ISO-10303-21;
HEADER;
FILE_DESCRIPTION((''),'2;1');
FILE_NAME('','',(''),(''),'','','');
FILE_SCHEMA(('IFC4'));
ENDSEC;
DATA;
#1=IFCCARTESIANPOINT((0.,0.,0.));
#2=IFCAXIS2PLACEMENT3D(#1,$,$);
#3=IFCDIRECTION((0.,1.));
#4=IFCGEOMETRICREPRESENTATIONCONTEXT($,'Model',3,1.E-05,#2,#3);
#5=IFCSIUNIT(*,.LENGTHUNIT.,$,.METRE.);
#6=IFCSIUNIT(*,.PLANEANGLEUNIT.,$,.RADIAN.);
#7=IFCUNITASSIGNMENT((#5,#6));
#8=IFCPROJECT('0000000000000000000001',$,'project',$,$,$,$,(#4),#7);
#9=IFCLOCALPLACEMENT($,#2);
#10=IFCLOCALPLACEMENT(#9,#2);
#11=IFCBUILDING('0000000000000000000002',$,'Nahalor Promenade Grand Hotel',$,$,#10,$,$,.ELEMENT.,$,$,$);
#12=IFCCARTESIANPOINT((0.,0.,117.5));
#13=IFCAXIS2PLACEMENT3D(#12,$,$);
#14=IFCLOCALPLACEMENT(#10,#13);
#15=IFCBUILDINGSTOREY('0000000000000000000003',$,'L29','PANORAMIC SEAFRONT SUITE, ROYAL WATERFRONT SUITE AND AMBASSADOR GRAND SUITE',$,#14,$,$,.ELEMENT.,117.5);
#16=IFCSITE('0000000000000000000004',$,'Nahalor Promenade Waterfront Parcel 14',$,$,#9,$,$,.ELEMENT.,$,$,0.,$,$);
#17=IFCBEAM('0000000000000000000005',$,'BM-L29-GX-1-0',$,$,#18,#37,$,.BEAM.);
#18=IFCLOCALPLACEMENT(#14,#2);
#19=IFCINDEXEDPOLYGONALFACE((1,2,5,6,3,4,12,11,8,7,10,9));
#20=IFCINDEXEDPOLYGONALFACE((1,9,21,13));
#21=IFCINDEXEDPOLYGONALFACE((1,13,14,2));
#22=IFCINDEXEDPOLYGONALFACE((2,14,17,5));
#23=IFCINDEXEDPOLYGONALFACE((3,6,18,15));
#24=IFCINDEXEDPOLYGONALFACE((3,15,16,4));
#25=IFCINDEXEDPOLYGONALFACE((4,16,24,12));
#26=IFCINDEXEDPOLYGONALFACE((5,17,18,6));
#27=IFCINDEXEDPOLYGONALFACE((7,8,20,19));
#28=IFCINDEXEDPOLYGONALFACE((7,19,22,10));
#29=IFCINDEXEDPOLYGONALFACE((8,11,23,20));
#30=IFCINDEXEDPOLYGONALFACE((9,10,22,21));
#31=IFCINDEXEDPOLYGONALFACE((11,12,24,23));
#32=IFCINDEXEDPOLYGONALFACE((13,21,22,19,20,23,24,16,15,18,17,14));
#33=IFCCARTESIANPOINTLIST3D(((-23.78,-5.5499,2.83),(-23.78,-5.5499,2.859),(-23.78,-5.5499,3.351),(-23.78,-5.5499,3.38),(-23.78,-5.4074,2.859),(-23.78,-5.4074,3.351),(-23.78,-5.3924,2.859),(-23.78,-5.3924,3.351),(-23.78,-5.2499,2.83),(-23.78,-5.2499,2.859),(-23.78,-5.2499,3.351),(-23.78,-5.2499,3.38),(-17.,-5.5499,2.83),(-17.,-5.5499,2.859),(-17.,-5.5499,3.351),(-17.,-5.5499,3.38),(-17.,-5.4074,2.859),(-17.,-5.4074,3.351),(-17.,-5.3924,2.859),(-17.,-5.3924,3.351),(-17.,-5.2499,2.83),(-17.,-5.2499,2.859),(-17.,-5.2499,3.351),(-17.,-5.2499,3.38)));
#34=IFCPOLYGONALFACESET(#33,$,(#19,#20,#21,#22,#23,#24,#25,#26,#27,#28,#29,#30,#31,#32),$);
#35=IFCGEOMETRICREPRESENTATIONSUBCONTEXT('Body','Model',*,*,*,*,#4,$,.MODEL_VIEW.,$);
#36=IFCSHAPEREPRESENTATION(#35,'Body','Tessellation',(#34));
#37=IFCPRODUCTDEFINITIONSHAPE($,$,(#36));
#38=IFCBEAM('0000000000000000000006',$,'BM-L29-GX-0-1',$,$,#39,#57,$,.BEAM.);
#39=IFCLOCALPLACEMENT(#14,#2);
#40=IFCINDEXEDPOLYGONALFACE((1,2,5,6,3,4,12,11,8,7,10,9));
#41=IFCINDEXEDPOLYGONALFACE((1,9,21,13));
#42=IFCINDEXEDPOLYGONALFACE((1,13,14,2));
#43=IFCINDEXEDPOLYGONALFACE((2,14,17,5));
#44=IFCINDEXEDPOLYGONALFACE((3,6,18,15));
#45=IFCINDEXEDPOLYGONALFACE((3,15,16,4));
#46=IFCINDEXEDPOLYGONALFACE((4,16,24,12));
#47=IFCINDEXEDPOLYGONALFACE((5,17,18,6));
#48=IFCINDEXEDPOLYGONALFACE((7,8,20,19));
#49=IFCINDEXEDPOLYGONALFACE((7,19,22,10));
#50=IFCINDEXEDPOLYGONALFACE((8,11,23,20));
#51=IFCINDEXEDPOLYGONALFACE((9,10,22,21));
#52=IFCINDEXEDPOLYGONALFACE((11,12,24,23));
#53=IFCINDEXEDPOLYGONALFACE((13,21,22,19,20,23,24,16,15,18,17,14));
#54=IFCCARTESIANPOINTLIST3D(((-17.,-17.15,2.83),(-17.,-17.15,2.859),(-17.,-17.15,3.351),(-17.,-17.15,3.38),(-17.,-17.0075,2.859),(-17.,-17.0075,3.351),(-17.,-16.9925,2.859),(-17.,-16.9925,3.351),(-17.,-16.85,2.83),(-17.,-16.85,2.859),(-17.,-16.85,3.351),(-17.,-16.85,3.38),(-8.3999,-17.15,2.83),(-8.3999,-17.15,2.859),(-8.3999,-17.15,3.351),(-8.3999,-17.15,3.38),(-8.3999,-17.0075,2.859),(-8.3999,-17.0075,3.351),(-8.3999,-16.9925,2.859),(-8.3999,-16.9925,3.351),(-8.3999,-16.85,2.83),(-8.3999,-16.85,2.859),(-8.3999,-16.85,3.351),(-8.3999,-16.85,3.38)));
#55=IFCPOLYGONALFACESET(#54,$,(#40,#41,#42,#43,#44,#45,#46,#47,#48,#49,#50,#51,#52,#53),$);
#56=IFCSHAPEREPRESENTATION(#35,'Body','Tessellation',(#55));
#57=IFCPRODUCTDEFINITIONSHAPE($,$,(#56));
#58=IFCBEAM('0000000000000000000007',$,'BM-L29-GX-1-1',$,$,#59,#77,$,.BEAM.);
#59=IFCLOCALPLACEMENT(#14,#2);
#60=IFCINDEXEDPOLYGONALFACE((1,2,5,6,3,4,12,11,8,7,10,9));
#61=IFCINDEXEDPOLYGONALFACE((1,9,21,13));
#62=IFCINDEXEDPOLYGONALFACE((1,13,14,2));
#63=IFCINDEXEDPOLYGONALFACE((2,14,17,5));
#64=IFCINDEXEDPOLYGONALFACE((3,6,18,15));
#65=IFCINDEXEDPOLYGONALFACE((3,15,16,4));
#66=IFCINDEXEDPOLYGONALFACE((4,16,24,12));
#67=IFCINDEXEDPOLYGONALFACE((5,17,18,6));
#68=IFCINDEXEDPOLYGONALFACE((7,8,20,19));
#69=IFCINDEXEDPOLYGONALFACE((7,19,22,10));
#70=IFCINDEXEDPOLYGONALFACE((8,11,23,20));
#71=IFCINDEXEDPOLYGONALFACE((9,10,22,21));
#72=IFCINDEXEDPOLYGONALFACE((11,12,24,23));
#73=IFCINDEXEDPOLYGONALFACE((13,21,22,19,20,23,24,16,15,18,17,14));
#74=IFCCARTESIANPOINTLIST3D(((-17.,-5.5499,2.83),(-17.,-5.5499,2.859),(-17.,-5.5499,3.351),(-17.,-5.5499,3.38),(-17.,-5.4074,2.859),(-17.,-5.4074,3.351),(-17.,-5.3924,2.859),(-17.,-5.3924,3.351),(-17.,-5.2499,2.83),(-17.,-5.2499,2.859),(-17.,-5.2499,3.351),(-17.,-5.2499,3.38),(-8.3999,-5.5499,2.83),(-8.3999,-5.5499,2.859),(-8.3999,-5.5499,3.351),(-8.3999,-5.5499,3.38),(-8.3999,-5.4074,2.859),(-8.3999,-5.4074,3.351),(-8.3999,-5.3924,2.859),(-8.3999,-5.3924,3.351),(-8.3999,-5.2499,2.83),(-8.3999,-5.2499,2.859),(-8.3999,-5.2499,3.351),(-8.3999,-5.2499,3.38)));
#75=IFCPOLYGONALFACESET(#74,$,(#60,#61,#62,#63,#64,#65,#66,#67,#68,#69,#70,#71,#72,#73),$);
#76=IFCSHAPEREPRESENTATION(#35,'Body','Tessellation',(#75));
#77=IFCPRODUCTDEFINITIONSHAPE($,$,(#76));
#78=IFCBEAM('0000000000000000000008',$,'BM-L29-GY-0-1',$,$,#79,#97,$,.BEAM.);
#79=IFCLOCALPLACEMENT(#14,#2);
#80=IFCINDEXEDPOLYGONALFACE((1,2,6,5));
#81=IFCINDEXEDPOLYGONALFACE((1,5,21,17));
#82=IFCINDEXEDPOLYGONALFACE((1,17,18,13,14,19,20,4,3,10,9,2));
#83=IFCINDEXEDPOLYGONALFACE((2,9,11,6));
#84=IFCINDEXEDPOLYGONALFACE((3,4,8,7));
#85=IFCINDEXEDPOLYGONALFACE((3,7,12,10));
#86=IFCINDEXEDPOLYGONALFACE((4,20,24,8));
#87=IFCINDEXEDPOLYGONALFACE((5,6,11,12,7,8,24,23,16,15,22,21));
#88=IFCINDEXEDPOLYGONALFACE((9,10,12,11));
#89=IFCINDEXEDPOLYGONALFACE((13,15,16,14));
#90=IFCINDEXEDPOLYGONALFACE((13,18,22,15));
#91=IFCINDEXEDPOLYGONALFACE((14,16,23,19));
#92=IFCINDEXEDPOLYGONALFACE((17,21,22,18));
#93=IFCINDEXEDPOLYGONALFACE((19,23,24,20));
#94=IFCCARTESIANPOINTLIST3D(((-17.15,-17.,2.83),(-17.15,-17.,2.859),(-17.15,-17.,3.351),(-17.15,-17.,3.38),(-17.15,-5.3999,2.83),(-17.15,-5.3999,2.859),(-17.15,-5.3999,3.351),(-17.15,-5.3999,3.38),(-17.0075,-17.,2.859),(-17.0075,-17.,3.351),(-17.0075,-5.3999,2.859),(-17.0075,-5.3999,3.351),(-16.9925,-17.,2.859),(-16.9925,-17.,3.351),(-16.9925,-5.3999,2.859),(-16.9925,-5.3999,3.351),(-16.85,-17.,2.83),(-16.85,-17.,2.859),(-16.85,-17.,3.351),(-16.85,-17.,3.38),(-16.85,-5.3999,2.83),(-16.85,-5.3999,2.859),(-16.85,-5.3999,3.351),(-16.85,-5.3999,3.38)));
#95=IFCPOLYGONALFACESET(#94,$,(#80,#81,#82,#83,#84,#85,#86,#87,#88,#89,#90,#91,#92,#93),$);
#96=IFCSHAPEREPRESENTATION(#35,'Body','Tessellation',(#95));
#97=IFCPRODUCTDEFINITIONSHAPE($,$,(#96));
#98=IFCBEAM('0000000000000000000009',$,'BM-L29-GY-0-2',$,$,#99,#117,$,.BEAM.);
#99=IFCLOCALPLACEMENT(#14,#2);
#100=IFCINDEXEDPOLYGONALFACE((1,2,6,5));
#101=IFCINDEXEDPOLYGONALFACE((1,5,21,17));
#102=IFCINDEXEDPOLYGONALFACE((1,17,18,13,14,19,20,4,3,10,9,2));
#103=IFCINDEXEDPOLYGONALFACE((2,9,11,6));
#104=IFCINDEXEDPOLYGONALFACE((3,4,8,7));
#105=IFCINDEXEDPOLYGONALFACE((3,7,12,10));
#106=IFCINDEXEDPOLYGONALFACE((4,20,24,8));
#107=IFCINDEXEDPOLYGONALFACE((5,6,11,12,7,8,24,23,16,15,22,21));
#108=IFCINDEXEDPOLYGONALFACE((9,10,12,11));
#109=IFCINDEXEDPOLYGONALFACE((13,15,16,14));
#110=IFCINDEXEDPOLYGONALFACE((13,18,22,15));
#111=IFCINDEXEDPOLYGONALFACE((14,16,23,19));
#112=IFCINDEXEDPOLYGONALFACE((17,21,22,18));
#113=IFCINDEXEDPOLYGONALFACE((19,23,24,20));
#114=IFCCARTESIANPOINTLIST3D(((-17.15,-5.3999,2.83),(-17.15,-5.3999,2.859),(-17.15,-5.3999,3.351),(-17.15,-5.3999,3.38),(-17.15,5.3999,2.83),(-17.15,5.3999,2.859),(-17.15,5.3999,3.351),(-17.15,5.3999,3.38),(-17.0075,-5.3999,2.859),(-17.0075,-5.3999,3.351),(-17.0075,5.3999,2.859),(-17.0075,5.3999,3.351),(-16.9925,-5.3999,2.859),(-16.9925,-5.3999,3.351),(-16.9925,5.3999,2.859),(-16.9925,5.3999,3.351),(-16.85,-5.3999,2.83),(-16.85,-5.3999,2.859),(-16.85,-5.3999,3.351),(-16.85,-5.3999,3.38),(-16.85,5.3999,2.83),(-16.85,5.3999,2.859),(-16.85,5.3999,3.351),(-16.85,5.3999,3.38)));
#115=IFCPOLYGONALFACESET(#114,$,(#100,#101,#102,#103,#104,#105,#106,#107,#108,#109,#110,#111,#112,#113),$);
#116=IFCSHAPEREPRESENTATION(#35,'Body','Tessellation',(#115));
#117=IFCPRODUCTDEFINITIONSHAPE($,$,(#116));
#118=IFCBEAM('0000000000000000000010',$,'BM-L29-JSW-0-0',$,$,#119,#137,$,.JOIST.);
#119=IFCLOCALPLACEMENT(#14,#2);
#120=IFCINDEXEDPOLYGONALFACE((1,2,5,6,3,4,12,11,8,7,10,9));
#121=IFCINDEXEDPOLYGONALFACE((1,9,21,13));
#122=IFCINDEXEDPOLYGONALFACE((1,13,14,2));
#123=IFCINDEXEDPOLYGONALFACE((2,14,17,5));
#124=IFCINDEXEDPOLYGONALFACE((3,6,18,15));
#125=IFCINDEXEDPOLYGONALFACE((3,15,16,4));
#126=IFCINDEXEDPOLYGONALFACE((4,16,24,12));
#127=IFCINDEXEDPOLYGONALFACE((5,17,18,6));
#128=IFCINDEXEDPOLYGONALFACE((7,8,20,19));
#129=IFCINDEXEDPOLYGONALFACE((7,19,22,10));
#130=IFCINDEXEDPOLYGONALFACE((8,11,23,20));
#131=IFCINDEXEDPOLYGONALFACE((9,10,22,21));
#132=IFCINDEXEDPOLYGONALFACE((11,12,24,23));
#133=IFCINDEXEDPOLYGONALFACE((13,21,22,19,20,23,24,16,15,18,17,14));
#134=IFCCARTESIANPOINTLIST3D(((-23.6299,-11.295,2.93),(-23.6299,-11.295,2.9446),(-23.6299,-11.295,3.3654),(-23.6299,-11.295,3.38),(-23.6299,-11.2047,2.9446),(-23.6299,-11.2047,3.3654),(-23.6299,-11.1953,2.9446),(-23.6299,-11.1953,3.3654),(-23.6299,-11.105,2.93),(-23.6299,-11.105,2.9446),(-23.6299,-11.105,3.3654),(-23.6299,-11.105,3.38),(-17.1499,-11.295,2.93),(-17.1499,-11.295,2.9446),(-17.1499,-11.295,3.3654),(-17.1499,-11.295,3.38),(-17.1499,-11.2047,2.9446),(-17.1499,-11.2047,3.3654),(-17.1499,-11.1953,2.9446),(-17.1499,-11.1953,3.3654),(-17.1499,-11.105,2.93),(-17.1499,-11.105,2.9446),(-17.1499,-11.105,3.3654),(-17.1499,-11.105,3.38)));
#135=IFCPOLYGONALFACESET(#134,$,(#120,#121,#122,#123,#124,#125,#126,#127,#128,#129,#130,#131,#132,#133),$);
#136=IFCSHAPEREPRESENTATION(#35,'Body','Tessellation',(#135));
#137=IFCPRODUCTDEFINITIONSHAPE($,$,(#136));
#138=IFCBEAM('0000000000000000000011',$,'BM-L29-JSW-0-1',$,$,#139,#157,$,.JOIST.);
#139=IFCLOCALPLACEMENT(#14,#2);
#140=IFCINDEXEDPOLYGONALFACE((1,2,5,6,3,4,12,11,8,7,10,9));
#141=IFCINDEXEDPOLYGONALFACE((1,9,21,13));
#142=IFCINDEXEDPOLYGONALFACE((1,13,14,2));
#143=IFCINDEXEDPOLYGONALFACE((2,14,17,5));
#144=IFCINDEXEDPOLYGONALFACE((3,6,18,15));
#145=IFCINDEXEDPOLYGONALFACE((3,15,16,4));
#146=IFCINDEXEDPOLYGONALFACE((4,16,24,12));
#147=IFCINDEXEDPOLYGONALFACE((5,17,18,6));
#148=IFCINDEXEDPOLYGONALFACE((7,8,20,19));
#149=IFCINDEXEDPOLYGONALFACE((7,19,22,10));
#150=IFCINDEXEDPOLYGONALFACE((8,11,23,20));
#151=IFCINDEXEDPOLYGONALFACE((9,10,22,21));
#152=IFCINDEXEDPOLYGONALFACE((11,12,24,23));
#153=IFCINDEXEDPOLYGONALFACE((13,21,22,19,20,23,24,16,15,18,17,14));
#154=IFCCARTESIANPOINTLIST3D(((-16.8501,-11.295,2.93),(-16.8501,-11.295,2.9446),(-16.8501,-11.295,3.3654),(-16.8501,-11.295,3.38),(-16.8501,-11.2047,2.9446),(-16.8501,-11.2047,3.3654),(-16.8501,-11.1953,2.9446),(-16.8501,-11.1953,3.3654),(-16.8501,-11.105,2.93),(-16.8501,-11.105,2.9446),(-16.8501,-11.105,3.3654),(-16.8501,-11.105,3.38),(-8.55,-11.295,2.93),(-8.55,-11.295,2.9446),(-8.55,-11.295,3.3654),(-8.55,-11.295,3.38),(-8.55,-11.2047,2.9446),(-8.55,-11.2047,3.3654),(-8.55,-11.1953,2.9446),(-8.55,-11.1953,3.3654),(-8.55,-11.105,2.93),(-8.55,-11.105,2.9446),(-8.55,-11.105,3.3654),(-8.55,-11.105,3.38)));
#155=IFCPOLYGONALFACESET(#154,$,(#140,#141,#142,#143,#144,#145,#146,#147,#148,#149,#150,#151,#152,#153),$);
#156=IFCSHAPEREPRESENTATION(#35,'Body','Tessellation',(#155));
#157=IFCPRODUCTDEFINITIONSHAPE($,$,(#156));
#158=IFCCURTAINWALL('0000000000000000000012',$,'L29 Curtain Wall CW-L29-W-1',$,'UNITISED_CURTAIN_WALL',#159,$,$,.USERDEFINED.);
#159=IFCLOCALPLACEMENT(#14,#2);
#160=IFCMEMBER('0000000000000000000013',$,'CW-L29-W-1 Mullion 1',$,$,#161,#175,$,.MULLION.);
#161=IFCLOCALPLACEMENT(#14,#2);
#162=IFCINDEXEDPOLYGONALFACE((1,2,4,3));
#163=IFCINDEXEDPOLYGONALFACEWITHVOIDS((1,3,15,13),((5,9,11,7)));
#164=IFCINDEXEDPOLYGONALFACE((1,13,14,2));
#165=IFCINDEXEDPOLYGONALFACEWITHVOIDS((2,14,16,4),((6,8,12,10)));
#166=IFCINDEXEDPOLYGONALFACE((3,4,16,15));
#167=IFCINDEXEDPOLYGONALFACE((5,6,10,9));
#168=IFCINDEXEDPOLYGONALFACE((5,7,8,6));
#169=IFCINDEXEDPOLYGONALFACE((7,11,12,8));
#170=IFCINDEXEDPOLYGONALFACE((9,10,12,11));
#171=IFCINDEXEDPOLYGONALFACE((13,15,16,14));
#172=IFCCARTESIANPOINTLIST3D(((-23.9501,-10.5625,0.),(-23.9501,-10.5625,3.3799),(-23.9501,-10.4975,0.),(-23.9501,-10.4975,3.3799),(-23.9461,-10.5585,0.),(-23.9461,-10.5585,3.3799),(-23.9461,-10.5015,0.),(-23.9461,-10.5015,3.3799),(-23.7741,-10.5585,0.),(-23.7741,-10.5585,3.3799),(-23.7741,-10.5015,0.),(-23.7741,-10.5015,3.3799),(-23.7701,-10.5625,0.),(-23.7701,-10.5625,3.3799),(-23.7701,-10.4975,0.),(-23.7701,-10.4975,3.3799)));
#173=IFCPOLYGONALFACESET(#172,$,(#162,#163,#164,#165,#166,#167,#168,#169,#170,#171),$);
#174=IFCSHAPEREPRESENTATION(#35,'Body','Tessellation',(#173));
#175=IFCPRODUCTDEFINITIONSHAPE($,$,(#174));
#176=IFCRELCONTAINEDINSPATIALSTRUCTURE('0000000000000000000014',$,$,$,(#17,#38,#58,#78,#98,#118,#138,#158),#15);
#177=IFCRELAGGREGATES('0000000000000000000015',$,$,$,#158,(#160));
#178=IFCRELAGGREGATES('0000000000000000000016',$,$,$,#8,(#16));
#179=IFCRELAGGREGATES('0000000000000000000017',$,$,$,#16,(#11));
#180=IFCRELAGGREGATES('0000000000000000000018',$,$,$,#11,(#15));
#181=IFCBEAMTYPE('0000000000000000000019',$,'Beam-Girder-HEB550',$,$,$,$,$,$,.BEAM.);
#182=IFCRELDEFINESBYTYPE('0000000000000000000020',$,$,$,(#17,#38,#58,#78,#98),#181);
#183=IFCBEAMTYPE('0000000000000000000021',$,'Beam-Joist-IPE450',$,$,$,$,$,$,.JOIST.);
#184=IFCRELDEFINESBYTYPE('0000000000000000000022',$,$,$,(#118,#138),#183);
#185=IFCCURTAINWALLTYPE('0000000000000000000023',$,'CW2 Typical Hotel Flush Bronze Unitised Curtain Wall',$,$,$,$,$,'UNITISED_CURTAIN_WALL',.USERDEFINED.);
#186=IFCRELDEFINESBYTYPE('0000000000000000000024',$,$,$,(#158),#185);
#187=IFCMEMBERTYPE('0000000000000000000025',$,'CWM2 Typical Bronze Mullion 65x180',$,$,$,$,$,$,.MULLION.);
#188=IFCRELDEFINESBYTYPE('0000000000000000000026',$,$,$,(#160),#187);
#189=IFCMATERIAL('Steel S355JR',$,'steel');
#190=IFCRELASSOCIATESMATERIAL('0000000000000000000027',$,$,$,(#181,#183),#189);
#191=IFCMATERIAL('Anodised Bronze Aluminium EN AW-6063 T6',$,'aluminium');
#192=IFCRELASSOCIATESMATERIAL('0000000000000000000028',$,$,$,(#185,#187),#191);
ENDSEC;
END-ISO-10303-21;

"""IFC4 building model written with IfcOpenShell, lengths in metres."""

from ifc_helpers import new_model, si_unit, direction, frame, origin, origin_2d, place, context, subcontext, project, spatial, hollow_rectangle, i_section, extrude, source, transform, mapped, material, material_profile, profile_set, type_object, element, aggregate, save


model = new_model("IFC4")

# Units and contexts
model_context = context("Model", 3, precision=1e-05, world=origin(), true_north=direction((0.0, 1.0)))
body_context = subcontext(model_context, "Body", "Model", "MODEL_VIEW")
ifc_project = project(units=[si_unit("LENGTHUNIT", "METRE"), si_unit("PLANEANGLEUNIT", "RADIAN")], contexts=[model_context])

# Site, building, storey
site_placement = place(None, origin())
site = spatial("IfcSite", under=ifc_project, at=site_placement, Name="Nahalor Promenade Waterfront Parcel 14", CompositionType="ELEMENT", RefElevation=0.0)
building_placement = place(site_placement, origin())
building = spatial("IfcBuilding", under=site, at=building_placement, Name="Nahalor Promenade Grand Hotel", CompositionType="ELEMENT")
storey_placement = place(building_placement, frame((0.0, 0.0, 117.5)))
storey = spatial("IfcBuildingStorey", under=building, at=storey_placement, Name="L29", Description="PANORAMIC SEAFRONT SUITE, ROYAL WATERFRONT SUITE AND AMBASSADOR GRAND SUITE", CompositionType="ELEMENT", Elevation=117.5)

# Beams
ifc_material_1 = material(Name="Steel S355JR", Category="steel")
ifc_material_profile_1 = material_profile(ifc_material_1, i_section(OverallWidth=0.3, OverallDepth=0.55, WebThickness=0.015, FlangeThickness=0.029, at=origin_2d()), Name="HEB 550")
ifc_profile_set_1 = profile_set([ifc_material_profile_1], Name="Steel S355JR")
beam_type_1 = type_object("IfcBeamType", Name="Beam-Girder-HEB550", PredefinedType="BEAM", material=ifc_profile_set_1)
shared_shape_1 = source(origin(), body_context, "Body", "SweptSolid", [
    extrude(i_section(OverallWidth=0.3, OverallDepth=0.55, WebThickness=0.015, FlangeThickness=0.029, at=origin_2d()), origin(), (0.0, 0.0, 1.0), 6.78),
])
for number, where, z_axis, x_axis, name in (
    (1, (-23.78, -5.3999, 3.105), (1.0, 0.0, 0.0), (0.0, 1.0, 0.0), "BM-L29-GX-1-0"),
):
    element("IfcBeam", number, at=place(storey_placement, frame(where, z_axis=z_axis, x_axis=x_axis)), inside=storey, type_object=beam_type_1, Name=name, PredefinedType="BEAM", context=body_context, shape_type="MappedRepresentation", body=[
        mapped(shared_shape_1, transform((0.0, 0.0, 0.0), scale=1.0)),
    ])
shared_shape_2 = source(origin(), body_context, "Body", "SweptSolid", [
    extrude(i_section(OverallWidth=0.3, OverallDepth=0.55, WebThickness=0.015, FlangeThickness=0.029, at=origin_2d()), origin(), (0.0, 0.0, 1.0), 8.6001),
])
for number, where, z_axis, x_axis, name in (
    (2, (-17.0, -17.0, 3.105), (1.0, 0.0, 0.0), (0.0, 1.0, 0.0), "BM-L29-GX-0-1"),
    (3, (-17.0, -5.3999, 3.105), (1.0, 0.0, 0.0), (0.0, 1.0, 0.0), "BM-L29-GX-1-1"),
):
    element("IfcBeam", number, at=place(storey_placement, frame(where, z_axis=z_axis, x_axis=x_axis)), inside=storey, type_object=beam_type_1, Name=name, PredefinedType="BEAM", context=body_context, shape_type="MappedRepresentation", body=[
        mapped(shared_shape_2, transform((0.0, 0.0, 0.0), scale=1.0)),
    ])
shared_shape_3 = source(origin(), body_context, "Body", "SweptSolid", [
    extrude(i_section(OverallWidth=0.3, OverallDepth=0.55, WebThickness=0.015, FlangeThickness=0.029, at=origin_2d()), origin(), (0.0, 0.0, 1.0), 11.6001),
])
beam_1_placement = place(storey_placement, frame((-17.0, -17.0, 3.105), z_axis=(0.0, 1.0, 0.0), x_axis=(-1.0, 0.0, 0.0)))
element("IfcBeam", 4, at=beam_1_placement, inside=storey, type_object=beam_type_1, Name="BM-L29-GY-0-1", PredefinedType="BEAM", context=body_context, shape_type="MappedRepresentation", body=[
    mapped(shared_shape_3, transform((0.0, 0.0, 0.0), scale=1.0)),
])
shared_shape_4 = source(origin(), body_context, "Body", "SweptSolid", [
    extrude(i_section(OverallWidth=0.3, OverallDepth=0.55, WebThickness=0.015, FlangeThickness=0.029, at=origin_2d()), origin(), (0.0, 0.0, 1.0), 10.7998),
])
beam_2_placement = place(storey_placement, frame((-17.0, -5.3999, 3.105), z_axis=(0.0, 1.0, 0.0), x_axis=(-1.0, 0.0, 0.0)))
element("IfcBeam", 5, at=beam_2_placement, inside=storey, type_object=beam_type_1, Name="BM-L29-GY-0-2", PredefinedType="BEAM", context=body_context, shape_type="MappedRepresentation", body=[
    mapped(shared_shape_4, transform((0.0, 0.0, 0.0), scale=1.0)),
])
ifc_material_profile_2 = material_profile(ifc_material_1, i_section(OverallWidth=0.19, OverallDepth=0.45, WebThickness=0.0094, FlangeThickness=0.0146, at=origin_2d()), Name="IPE 450")
ifc_profile_set_2 = profile_set([ifc_material_profile_2], Name="Steel S355JR")
beam_type_2 = type_object("IfcBeamType", Name="Beam-Joist-IPE450", PredefinedType="JOIST", material=ifc_profile_set_2)
shared_shape_5 = source(origin(), body_context, "Body", "SweptSolid", [
    extrude(i_section(OverallWidth=0.19, OverallDepth=0.45, WebThickness=0.0094, FlangeThickness=0.0146, at=origin_2d()), origin(), (0.0, 0.0, 1.0), 6.48),
])
beam_3_placement = place(storey_placement, frame((-23.6299, -11.2, 3.155), z_axis=(1.0, 0.0, 0.0), x_axis=(0.0, 1.0, 0.0)))
element("IfcBeam", 6, at=beam_3_placement, inside=storey, type_object=beam_type_2, Name="BM-L29-JSW-0-0", PredefinedType="JOIST", context=body_context, shape_type="MappedRepresentation", body=[
    mapped(shared_shape_5, transform((0.0, 0.0, 0.0), scale=1.0)),
])
shared_shape_6 = source(origin(), body_context, "Body", "SweptSolid", [
    extrude(i_section(OverallWidth=0.19, OverallDepth=0.45, WebThickness=0.0094, FlangeThickness=0.0146, at=origin_2d()), origin(), (0.0, 0.0, 1.0), 8.3),
])
beam_4_placement = place(storey_placement, frame((-16.8501, -11.2, 3.155), z_axis=(1.0, 0.0, 0.0), x_axis=(0.0, 1.0, 0.0)))
element("IfcBeam", 7, at=beam_4_placement, inside=storey, type_object=beam_type_2, Name="BM-L29-JSW-0-1", PredefinedType="JOIST", context=body_context, shape_type="MappedRepresentation", body=[
    mapped(shared_shape_6, transform((0.0, 0.0, 0.0), scale=1.0)),
])

# Curtain wall, member
ifc_material_2 = material(Name="Anodised Bronze Aluminium EN AW-6063 T6", Category="aluminium")
curtain_wall_type = type_object("IfcCurtainWallType", Name="CW2 Typical Hotel Flush Bronze Unitised Curtain Wall", ElementType="UNITISED_CURTAIN_WALL", PredefinedType="USERDEFINED", material=ifc_material_2)
curtain_wall_placement = place(storey_placement, origin())
curtain_wall = element("IfcCurtainWall", 8, at=curtain_wall_placement, inside=storey, type_object=curtain_wall_type, Name="L29 Curtain Wall CW-L29-W-1", ObjectType="UNITISED_CURTAIN_WALL", PredefinedType="USERDEFINED")
ifc_material_profile_3 = material_profile(ifc_material_2, hollow_rectangle(XDim=0.065, YDim=0.18, WallThickness=0.004, at=origin_2d()), Name="CWM 65x180x4")
ifc_profile_set_3 = profile_set([ifc_material_profile_3], Name="Anodised Bronze Aluminium EN AW-6063 T6")
member_type_1 = type_object("IfcMemberType", Name="CWM2 Typical Bronze Mullion 65x180", PredefinedType="MULLION", material=ifc_profile_set_3)
shared_shape_7 = source(origin(), body_context, "Body", "SweptSolid", [
    extrude(hollow_rectangle(XDim=0.065, YDim=0.18, WallThickness=0.004, at=origin_2d()), origin(), (0.0, 0.0, 1.0), 3.3799),
])
member_1_placement = place(storey_placement, frame((-23.8601, -10.53, 0.0), z_axis=(0.0, 0.0, 1.0), x_axis=(0.0, 1.0, 0.0)))
member_1 = element("IfcMember", 9, at=member_1_placement, type_object=member_type_1, Name="CW-L29-W-1 Mullion 1", PredefinedType="MULLION", context=body_context, shape_type="MappedRepresentation", body=[
    mapped(shared_shape_7, transform((0.0, 0.0, 0.0), scale=1.0)),
])
aggregate(curtain_wall, [member_1])

save(model, "model.ifc")
